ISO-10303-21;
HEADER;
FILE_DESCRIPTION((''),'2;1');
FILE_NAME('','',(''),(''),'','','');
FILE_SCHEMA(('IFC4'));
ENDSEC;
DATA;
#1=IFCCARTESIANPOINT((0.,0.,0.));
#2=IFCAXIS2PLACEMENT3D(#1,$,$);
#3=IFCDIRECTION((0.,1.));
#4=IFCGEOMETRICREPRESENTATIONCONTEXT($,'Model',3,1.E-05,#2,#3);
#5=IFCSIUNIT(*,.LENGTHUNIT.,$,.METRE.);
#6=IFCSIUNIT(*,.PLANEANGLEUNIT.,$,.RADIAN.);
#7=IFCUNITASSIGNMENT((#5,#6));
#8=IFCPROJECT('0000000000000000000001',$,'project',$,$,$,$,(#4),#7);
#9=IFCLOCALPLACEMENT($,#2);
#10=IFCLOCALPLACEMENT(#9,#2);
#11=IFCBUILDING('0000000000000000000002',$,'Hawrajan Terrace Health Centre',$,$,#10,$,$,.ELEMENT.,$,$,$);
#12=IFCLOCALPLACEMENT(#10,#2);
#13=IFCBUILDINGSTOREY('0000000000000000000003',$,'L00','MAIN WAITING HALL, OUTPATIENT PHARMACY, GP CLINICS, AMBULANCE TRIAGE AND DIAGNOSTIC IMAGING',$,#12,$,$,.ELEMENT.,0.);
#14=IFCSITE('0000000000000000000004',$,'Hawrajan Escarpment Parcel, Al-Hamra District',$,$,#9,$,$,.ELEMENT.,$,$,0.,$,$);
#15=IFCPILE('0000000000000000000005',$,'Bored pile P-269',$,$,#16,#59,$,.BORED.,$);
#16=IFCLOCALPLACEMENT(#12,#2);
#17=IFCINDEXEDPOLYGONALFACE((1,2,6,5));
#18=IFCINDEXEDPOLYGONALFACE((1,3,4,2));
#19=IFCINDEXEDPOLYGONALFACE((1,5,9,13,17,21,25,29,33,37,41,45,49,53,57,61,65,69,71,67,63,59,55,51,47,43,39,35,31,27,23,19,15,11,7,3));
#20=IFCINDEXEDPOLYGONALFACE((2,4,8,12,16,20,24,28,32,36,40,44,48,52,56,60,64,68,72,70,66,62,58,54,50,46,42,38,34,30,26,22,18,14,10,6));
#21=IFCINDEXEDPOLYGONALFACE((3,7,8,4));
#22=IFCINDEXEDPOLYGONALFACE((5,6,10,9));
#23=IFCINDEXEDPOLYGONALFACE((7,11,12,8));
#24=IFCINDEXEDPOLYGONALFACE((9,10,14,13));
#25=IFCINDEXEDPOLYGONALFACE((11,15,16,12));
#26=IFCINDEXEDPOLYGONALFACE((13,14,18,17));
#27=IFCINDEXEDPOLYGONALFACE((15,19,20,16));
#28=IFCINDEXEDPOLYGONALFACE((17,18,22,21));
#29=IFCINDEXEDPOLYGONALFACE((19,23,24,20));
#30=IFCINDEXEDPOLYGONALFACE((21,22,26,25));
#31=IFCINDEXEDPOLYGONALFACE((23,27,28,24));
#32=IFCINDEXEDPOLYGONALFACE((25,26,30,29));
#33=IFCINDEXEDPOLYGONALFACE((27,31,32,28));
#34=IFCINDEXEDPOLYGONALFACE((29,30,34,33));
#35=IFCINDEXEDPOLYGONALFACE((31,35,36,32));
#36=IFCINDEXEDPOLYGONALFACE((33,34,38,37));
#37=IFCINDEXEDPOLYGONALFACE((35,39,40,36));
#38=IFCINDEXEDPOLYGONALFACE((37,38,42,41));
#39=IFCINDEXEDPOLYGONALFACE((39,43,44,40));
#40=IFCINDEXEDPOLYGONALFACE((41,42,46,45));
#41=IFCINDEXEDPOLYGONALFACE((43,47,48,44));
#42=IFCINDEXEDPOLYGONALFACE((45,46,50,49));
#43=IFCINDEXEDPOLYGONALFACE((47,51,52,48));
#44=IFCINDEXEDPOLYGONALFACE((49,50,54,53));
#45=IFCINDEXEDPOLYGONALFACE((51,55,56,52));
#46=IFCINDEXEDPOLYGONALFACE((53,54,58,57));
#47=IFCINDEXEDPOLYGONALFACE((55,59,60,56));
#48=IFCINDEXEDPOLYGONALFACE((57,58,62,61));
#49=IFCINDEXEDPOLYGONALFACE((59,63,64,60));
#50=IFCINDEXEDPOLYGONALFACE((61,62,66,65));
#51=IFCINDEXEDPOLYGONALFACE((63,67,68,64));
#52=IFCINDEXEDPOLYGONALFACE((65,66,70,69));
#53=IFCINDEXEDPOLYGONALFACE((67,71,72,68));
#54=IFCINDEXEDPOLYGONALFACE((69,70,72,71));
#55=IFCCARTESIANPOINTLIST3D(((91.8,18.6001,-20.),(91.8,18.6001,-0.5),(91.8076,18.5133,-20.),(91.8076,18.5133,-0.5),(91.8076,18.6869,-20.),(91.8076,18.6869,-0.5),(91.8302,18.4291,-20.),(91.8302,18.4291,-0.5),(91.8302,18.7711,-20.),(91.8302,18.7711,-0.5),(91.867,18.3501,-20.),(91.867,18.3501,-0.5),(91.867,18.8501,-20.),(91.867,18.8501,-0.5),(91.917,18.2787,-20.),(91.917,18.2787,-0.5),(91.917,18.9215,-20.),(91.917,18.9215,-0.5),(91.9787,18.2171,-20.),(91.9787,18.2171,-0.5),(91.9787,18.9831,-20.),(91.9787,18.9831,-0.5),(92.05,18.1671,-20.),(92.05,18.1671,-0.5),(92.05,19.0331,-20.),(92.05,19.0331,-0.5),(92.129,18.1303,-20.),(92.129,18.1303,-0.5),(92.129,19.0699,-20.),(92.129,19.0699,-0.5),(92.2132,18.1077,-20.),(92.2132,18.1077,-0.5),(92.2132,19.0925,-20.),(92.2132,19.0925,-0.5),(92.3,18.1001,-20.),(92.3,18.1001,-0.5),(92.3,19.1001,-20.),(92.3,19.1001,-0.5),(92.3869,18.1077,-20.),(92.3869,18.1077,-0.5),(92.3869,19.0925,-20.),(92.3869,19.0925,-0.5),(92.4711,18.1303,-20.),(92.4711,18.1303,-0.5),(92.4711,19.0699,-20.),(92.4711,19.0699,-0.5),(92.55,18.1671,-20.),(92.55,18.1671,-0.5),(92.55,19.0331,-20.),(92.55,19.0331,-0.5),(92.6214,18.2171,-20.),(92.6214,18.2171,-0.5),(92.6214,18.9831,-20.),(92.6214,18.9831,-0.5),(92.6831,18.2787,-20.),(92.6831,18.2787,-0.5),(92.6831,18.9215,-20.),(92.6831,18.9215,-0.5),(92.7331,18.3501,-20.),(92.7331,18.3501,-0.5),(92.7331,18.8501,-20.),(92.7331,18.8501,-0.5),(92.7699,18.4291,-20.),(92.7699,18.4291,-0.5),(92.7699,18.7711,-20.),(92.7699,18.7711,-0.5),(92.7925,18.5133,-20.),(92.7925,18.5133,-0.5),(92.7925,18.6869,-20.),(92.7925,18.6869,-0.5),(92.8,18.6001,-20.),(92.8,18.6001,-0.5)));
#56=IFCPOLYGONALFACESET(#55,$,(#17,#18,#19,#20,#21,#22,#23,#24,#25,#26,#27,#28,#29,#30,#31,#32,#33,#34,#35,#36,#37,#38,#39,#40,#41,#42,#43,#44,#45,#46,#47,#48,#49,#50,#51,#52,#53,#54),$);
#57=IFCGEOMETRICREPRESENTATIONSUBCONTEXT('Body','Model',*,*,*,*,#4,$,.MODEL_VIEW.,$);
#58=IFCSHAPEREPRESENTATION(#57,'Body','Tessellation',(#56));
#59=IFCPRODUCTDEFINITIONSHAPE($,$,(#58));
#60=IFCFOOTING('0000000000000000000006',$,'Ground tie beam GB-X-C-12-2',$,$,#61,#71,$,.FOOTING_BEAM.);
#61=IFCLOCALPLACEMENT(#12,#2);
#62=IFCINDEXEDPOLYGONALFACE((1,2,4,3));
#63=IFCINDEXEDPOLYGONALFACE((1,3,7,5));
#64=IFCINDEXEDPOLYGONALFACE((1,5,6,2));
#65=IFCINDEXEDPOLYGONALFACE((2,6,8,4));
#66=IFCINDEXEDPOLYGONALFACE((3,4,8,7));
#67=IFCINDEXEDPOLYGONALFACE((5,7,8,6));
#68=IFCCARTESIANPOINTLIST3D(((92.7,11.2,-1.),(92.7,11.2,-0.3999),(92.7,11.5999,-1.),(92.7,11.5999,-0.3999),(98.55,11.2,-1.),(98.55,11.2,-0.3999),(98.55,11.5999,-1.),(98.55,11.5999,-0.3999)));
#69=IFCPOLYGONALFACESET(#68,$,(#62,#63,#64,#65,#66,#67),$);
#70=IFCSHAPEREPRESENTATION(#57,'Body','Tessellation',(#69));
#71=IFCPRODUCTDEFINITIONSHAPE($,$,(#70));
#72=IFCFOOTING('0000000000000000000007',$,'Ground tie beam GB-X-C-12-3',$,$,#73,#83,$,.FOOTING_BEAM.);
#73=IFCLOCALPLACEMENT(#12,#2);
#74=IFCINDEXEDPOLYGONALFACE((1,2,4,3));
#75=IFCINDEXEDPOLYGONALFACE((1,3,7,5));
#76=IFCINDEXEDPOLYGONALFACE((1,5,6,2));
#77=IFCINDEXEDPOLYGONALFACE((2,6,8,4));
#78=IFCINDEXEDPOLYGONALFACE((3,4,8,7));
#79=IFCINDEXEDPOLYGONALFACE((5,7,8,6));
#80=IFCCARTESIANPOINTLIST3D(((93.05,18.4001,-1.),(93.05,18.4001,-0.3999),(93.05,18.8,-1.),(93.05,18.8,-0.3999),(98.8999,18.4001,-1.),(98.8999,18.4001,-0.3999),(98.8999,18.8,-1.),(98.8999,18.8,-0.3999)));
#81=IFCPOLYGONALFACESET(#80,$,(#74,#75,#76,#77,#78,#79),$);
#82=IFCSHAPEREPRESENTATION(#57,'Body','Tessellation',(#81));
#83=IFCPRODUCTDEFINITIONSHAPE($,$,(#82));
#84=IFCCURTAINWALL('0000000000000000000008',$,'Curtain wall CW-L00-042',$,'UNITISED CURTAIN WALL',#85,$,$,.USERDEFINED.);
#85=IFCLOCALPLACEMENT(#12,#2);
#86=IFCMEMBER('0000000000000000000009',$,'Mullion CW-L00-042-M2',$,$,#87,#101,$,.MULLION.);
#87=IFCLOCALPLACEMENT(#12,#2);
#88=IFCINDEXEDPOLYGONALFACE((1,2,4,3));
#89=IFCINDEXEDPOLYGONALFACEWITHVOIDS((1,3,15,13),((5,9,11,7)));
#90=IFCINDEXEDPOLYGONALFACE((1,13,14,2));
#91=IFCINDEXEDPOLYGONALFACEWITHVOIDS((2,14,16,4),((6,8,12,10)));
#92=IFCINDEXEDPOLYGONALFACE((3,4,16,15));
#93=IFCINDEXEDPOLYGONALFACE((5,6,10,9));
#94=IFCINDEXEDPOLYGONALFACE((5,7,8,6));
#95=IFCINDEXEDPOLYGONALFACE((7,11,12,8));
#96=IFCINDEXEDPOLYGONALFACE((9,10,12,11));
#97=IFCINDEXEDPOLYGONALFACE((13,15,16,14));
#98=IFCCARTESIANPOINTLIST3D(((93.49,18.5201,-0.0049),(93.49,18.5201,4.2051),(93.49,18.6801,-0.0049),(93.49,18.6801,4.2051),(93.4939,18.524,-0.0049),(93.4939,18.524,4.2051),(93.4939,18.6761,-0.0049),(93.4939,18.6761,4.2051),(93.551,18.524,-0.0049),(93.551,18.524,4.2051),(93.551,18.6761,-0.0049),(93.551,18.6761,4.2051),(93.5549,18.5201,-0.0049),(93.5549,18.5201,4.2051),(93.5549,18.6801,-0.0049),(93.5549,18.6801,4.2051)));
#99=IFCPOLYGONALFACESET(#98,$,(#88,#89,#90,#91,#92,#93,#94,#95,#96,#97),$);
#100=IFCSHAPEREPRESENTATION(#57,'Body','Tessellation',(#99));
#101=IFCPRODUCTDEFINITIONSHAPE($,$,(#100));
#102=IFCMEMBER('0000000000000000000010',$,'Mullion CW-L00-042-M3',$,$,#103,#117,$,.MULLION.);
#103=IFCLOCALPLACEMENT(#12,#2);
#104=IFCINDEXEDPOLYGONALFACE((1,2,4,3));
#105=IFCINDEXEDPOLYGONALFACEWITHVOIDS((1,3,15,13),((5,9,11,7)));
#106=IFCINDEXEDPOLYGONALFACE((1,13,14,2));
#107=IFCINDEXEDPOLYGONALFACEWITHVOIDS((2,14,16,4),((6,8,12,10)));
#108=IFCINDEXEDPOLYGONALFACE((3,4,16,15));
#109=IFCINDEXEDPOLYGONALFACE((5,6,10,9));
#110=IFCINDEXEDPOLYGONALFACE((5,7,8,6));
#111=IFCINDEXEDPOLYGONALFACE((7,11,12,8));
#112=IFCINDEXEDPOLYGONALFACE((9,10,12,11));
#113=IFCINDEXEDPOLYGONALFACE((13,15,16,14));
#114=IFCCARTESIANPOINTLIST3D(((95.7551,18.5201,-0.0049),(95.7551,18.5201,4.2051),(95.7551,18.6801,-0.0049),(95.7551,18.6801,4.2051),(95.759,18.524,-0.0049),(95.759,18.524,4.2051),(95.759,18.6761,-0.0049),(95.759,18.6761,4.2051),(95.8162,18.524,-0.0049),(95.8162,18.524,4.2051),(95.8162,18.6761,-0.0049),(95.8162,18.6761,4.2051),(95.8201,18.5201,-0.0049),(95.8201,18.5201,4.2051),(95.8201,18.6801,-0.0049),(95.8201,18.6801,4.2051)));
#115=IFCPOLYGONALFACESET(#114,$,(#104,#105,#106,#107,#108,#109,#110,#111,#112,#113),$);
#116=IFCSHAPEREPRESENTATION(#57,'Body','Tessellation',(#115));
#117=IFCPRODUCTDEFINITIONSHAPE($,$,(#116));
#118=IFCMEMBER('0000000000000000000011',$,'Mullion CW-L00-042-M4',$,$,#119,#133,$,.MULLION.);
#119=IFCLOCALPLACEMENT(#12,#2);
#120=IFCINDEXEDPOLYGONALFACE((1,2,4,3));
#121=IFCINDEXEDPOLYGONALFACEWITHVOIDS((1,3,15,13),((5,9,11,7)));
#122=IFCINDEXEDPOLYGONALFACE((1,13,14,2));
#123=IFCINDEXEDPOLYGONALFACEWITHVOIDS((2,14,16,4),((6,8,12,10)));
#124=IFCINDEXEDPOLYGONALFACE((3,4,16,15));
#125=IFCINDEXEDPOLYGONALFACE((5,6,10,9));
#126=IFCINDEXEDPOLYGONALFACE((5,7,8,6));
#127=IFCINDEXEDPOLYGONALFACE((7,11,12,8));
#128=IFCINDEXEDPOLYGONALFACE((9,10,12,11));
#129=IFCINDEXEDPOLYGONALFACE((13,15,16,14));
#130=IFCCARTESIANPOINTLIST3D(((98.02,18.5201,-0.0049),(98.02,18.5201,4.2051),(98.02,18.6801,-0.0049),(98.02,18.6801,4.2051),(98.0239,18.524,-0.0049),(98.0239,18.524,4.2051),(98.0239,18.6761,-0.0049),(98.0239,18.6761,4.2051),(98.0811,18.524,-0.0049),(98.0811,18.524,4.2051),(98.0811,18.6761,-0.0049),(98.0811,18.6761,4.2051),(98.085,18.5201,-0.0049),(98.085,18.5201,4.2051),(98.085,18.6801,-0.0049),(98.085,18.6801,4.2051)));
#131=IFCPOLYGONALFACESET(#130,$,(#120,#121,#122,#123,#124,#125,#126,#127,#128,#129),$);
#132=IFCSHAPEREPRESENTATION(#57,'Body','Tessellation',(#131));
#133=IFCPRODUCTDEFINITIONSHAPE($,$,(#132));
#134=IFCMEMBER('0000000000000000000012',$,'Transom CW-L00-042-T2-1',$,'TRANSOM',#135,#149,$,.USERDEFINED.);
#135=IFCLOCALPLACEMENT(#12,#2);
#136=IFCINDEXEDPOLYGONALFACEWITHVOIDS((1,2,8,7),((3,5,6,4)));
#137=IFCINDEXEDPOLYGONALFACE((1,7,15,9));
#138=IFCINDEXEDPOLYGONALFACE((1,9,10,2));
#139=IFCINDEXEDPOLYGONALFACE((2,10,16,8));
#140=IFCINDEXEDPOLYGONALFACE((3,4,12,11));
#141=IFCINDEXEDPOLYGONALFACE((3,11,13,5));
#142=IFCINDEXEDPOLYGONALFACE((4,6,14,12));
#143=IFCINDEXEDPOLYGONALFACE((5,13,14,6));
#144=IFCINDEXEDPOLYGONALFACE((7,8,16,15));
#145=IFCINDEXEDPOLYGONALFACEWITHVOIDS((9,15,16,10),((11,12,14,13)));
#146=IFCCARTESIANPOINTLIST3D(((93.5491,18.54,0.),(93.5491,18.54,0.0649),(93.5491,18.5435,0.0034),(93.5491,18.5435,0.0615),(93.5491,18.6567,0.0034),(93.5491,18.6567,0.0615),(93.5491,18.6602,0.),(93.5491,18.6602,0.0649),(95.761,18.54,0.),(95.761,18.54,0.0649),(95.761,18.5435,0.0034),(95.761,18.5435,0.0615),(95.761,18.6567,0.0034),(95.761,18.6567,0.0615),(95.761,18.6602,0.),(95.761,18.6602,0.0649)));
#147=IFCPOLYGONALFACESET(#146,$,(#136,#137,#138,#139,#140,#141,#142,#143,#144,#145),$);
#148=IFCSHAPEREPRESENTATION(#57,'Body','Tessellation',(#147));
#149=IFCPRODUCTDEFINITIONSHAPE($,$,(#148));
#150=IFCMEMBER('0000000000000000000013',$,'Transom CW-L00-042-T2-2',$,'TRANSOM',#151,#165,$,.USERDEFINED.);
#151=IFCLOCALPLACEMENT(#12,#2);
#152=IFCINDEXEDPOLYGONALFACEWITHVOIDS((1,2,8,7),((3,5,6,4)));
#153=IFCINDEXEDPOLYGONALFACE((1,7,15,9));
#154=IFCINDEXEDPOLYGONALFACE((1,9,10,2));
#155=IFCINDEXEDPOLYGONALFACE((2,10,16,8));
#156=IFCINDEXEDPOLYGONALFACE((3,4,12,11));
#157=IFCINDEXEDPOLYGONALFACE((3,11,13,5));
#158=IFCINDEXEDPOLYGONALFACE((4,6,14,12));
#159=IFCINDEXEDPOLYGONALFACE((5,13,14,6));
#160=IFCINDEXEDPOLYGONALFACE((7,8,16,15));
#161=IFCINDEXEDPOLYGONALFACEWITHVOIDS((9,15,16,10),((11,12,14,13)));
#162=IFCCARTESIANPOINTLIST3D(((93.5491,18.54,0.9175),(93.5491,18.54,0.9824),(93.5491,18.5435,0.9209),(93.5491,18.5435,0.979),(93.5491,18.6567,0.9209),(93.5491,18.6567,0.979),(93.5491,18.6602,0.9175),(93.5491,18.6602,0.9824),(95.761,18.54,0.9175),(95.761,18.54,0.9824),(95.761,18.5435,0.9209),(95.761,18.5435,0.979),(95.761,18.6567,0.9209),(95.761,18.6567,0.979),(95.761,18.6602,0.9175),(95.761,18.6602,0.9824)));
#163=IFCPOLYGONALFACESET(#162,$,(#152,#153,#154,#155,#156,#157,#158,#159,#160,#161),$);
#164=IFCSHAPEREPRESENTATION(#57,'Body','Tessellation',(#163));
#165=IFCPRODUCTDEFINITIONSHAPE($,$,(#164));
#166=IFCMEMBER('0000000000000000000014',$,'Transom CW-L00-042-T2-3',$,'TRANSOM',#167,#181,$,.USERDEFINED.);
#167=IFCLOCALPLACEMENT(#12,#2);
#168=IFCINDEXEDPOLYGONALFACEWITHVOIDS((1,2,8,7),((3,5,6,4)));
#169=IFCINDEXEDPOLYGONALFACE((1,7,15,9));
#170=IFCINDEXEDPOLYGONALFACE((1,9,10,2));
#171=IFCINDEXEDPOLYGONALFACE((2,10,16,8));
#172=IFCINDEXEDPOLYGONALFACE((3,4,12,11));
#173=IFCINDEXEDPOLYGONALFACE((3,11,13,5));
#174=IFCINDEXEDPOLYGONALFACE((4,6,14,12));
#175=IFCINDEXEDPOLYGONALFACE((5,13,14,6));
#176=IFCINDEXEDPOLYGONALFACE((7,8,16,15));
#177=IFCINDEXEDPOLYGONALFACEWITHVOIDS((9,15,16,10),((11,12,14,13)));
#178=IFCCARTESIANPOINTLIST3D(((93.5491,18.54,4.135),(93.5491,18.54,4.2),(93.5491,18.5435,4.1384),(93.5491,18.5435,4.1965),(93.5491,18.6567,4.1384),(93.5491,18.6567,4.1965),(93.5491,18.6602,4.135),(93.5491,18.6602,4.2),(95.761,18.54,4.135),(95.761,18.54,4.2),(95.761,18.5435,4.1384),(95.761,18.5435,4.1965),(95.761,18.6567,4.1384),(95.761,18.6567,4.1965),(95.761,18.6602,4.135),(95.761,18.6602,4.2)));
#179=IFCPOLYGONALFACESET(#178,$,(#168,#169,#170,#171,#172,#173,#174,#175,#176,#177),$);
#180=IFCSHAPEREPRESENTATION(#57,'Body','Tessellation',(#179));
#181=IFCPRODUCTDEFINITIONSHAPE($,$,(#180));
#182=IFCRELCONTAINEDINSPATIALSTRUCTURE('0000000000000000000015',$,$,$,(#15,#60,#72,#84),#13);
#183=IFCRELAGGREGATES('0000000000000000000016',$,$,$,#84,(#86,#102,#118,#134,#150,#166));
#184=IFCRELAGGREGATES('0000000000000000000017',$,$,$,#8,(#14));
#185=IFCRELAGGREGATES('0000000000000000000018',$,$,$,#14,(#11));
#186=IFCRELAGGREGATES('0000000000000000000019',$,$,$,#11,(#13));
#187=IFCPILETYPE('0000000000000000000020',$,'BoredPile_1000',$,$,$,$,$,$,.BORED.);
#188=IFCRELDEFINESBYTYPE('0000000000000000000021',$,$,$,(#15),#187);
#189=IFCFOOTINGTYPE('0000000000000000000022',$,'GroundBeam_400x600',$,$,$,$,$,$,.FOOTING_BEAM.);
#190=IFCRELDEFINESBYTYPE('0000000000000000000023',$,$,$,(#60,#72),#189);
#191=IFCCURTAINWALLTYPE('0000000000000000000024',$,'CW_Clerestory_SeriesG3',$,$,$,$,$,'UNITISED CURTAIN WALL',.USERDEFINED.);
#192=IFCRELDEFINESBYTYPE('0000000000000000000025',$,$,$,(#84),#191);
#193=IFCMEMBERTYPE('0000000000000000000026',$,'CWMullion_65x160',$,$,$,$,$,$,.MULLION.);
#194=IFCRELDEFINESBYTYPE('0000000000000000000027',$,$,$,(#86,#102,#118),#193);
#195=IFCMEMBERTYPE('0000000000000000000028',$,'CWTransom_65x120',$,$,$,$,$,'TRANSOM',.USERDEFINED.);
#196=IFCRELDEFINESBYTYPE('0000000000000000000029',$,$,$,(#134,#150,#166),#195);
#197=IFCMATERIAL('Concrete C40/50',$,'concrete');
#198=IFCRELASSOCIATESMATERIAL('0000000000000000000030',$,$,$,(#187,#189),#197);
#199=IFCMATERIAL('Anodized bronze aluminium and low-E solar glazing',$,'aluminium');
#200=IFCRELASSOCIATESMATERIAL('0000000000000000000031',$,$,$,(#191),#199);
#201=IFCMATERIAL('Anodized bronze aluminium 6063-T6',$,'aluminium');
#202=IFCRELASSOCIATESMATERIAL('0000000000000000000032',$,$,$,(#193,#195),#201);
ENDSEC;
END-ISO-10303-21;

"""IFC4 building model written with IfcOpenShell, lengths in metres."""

from ifc_helpers import new_model, si_unit, direction, frame, origin, origin_2d, place, context, subcontext, project, spatial, rectangle, hollow_rectangle, circle, extrude, material, material_profile, profile_set, type_object, element, aggregate, save


model = new_model("IFC4")

# Units and contexts
model_context = context("Model", 3, precision=1e-05, world=origin(), true_north=direction((0.0, 1.0)))
body_context = subcontext(model_context, "Body", "Model", "MODEL_VIEW")
ifc_project = project(units=[si_unit("LENGTHUNIT", "METRE"), si_unit("PLANEANGLEUNIT", "RADIAN")], contexts=[model_context])

# Site, building, storey
site_placement = place(None, origin())
site = spatial("IfcSite", under=ifc_project, at=site_placement, Name="Hawrajan Escarpment Parcel, Al-Hamra District", CompositionType="ELEMENT", RefElevation=0.0)
building_placement = place(site_placement, origin())
building = spatial("IfcBuilding", under=site, at=building_placement, Name="Hawrajan Terrace Health Centre", CompositionType="ELEMENT")
storey_placement = place(building_placement, origin())
storey = spatial("IfcBuildingStorey", under=building, at=storey_placement, Name="L00", Description="MAIN WAITING HALL, OUTPATIENT PHARMACY, GP CLINICS, AMBULANCE TRIAGE AND DIAGNOSTIC IMAGING", CompositionType="ELEMENT", Elevation=0.0)

# Pile
ifc_material_1 = material(Name="Concrete C40/50", Category="concrete")
ifc_material_profile_1 = material_profile(ifc_material_1, circle(Radius=0.5, at=origin_2d()), Name="BP 1000")
ifc_profile_set_1 = profile_set([ifc_material_profile_1], Name="Concrete C40/50")
pile_type = type_object("IfcPileType", Name="BoredPile_1000", PredefinedType="BORED", material=ifc_profile_set_1)
pile_placement = place(storey_placement, frame((92.3, 18.6001, -0.5), z_axis=(0.0, 0.0, -1.0), x_axis=(1.0, 0.0, 0.0)))
element("IfcPile", 1, at=pile_placement, inside=storey, type_object=pile_type, Name="Bored pile P-269", PredefinedType="BORED", context=body_context, shape_type="SweptSolid", body=[
    extrude(circle(Radius=0.5, at=origin_2d()), origin(), (0.0, 0.0, 1.0), 19.5),
])

# Footings
ifc_material_profile_2 = material_profile(ifc_material_1, rectangle(XDim=0.3999, YDim=0.6001, at=origin_2d()), Name="RC BM 400x600")
ifc_profile_set_2 = profile_set([ifc_material_profile_2], Name="Concrete C40/50")
footing_type = type_object("IfcFootingType", Name="GroundBeam_400x600", PredefinedType="FOOTING_BEAM", material=ifc_profile_set_2)
footing_1_placement = place(storey_placement, frame((92.7, 11.3999, -0.7), z_axis=(1.0, 0.0, 0.0), x_axis=(0.0, 1.0, 0.0)))
element("IfcFooting", 2, at=footing_1_placement, inside=storey, type_object=footing_type, Name="Ground tie beam GB-X-C-12-2", PredefinedType="FOOTING_BEAM", context=body_context, shape_type="SweptSolid", body=[
    extrude(rectangle(XDim=0.3999, YDim=0.6001, at=origin_2d()), origin(), (0.0, 0.0, 1.0), 5.8501),
])
footing_2_placement = place(storey_placement, frame((93.05, 18.6001, -0.7), z_axis=(1.0, 0.0, 0.0), x_axis=(0.0, 1.0, 0.0)))
element("IfcFooting", 3, at=footing_2_placement, inside=storey, type_object=footing_type, Name="Ground tie beam GB-X-C-12-3", PredefinedType="FOOTING_BEAM", context=body_context, shape_type="SweptSolid", body=[
    extrude(rectangle(XDim=0.3999, YDim=0.6001, at=origin_2d()), origin(), (0.0, 0.0, 1.0), 5.8499),
])

# Curtain wall, members
ifc_material_2 = material(Name="Anodized bronze aluminium and low-E solar glazing", Category="aluminium")
curtain_wall_type = type_object("IfcCurtainWallType", Name="CW_Clerestory_SeriesG3", ElementType="UNITISED CURTAIN WALL", PredefinedType="USERDEFINED", material=ifc_material_2)
curtain_wall_placement = place(storey_placement, origin())
curtain_wall = element("IfcCurtainWall", 4, at=curtain_wall_placement, inside=storey, type_object=curtain_wall_type, Name="Curtain wall CW-L00-042", ObjectType="UNITISED CURTAIN WALL", PredefinedType="USERDEFINED")
ifc_material_3 = material(Name="Anodized bronze aluminium 6063-T6", Category="aluminium")
ifc_material_profile_3 = material_profile(ifc_material_3, hollow_rectangle(XDim=0.0649, YDim=0.1599, WallThickness=0.0039, at=origin_2d()), Name="CW MUL 65x160")
ifc_profile_set_3 = profile_set([ifc_material_profile_3], Name="Anodized bronze aluminium 6063-T6")
member_type_1 = type_object("IfcMemberType", Name="CWMullion_65x160", PredefinedType="MULLION", material=ifc_profile_set_3)
member_1_placement = place(storey_placement, frame((93.5225, 18.6001, -0.0049), z_axis=(0.0, 0.0, 1.0), x_axis=(1.0, 0.0, 0.0)))
member_1 = element("IfcMember", 5, at=member_1_placement, type_object=member_type_1, Name="Mullion CW-L00-042-M2", PredefinedType="MULLION", context=body_context, shape_type="SweptSolid", body=[
    extrude(hollow_rectangle(XDim=0.0649, YDim=0.1599, WallThickness=0.0039, at=origin_2d()), origin(), (0.0, 0.0, 1.0), 4.21),
])
member_2_placement = place(storey_placement, frame((95.7876, 18.6001, -0.0049), z_axis=(0.0, 0.0, 1.0), x_axis=(1.0, 0.0, 0.0)))
member_2 = element("IfcMember", 6, at=member_2_placement, type_object=member_type_1, Name="Mullion CW-L00-042-M3", PredefinedType="MULLION", context=body_context, shape_type="SweptSolid", body=[
    extrude(hollow_rectangle(XDim=0.0649, YDim=0.1599, WallThickness=0.0039, at=origin_2d()), origin(), (0.0, 0.0, 1.0), 4.21),
])
member_3_placement = place(storey_placement, frame((98.0525, 18.6001, -0.0049), z_axis=(0.0, 0.0, 1.0), x_axis=(1.0, 0.0, 0.0)))
member_3 = element("IfcMember", 7, at=member_3_placement, type_object=member_type_1, Name="Mullion CW-L00-042-M4", PredefinedType="MULLION", context=body_context, shape_type="SweptSolid", body=[
    extrude(hollow_rectangle(XDim=0.0649, YDim=0.1599, WallThickness=0.0039, at=origin_2d()), origin(), (0.0, 0.0, 1.0), 4.21),
])
ifc_material_profile_4 = material_profile(ifc_material_3, hollow_rectangle(XDim=0.0649, YDim=0.1201, WallThickness=0.0034, at=origin_2d()), Name="CW TRN 65x120")
ifc_profile_set_4 = profile_set([ifc_material_profile_4], Name="Anodized bronze aluminium 6063-T6")
member_type_2 = type_object("IfcMemberType", Name="CWTransom_65x120", ElementType="TRANSOM", PredefinedType="USERDEFINED", material=ifc_profile_set_4)
member_4_placement = place(storey_placement, frame((93.5491, 18.6001, 0.0325), z_axis=(1.0, 0.0, 0.0), x_axis=(0.0, 0.0, 1.0)))
member_4 = element("IfcMember", 8, at=member_4_placement, type_object=member_type_2, Name="Transom CW-L00-042-T2-1", ObjectType="TRANSOM", PredefinedType="USERDEFINED", context=body_context, shape_type="SweptSolid", body=[
    extrude(hollow_rectangle(XDim=0.0649, YDim=0.1201, WallThickness=0.0034, at=origin_2d()), origin(), (0.0, 0.0, 1.0), 2.2119),
])
member_5_placement = place(storey_placement, frame((93.5491, 18.6001, 0.95), z_axis=(1.0, 0.0, 0.0), x_axis=(0.0, 0.0, 1.0)))
member_5 = element("IfcMember", 9, at=member_5_placement, type_object=member_type_2, Name="Transom CW-L00-042-T2-2", ObjectType="TRANSOM", PredefinedType="USERDEFINED", context=body_context, shape_type="SweptSolid", body=[
    extrude(hollow_rectangle(XDim=0.0649, YDim=0.1201, WallThickness=0.0034, at=origin_2d()), origin(), (0.0, 0.0, 1.0), 2.2119),
])
member_6_placement = place(storey_placement, frame((93.5491, 18.6001, 4.1675), z_axis=(1.0, 0.0, 0.0), x_axis=(0.0, 0.0, 1.0)))
member_6 = element("IfcMember", 10, at=member_6_placement, type_object=member_type_2, Name="Transom CW-L00-042-T2-3", ObjectType="TRANSOM", PredefinedType="USERDEFINED", context=body_context, shape_type="SweptSolid", body=[
    extrude(hollow_rectangle(XDim=0.0649, YDim=0.1201, WallThickness=0.0034, at=origin_2d()), origin(), (0.0, 0.0, 1.0), 2.2119),
])
aggregate(curtain_wall, [member_1, member_2, member_3, member_4, member_5, member_6])

save(model, "model.ifc")
